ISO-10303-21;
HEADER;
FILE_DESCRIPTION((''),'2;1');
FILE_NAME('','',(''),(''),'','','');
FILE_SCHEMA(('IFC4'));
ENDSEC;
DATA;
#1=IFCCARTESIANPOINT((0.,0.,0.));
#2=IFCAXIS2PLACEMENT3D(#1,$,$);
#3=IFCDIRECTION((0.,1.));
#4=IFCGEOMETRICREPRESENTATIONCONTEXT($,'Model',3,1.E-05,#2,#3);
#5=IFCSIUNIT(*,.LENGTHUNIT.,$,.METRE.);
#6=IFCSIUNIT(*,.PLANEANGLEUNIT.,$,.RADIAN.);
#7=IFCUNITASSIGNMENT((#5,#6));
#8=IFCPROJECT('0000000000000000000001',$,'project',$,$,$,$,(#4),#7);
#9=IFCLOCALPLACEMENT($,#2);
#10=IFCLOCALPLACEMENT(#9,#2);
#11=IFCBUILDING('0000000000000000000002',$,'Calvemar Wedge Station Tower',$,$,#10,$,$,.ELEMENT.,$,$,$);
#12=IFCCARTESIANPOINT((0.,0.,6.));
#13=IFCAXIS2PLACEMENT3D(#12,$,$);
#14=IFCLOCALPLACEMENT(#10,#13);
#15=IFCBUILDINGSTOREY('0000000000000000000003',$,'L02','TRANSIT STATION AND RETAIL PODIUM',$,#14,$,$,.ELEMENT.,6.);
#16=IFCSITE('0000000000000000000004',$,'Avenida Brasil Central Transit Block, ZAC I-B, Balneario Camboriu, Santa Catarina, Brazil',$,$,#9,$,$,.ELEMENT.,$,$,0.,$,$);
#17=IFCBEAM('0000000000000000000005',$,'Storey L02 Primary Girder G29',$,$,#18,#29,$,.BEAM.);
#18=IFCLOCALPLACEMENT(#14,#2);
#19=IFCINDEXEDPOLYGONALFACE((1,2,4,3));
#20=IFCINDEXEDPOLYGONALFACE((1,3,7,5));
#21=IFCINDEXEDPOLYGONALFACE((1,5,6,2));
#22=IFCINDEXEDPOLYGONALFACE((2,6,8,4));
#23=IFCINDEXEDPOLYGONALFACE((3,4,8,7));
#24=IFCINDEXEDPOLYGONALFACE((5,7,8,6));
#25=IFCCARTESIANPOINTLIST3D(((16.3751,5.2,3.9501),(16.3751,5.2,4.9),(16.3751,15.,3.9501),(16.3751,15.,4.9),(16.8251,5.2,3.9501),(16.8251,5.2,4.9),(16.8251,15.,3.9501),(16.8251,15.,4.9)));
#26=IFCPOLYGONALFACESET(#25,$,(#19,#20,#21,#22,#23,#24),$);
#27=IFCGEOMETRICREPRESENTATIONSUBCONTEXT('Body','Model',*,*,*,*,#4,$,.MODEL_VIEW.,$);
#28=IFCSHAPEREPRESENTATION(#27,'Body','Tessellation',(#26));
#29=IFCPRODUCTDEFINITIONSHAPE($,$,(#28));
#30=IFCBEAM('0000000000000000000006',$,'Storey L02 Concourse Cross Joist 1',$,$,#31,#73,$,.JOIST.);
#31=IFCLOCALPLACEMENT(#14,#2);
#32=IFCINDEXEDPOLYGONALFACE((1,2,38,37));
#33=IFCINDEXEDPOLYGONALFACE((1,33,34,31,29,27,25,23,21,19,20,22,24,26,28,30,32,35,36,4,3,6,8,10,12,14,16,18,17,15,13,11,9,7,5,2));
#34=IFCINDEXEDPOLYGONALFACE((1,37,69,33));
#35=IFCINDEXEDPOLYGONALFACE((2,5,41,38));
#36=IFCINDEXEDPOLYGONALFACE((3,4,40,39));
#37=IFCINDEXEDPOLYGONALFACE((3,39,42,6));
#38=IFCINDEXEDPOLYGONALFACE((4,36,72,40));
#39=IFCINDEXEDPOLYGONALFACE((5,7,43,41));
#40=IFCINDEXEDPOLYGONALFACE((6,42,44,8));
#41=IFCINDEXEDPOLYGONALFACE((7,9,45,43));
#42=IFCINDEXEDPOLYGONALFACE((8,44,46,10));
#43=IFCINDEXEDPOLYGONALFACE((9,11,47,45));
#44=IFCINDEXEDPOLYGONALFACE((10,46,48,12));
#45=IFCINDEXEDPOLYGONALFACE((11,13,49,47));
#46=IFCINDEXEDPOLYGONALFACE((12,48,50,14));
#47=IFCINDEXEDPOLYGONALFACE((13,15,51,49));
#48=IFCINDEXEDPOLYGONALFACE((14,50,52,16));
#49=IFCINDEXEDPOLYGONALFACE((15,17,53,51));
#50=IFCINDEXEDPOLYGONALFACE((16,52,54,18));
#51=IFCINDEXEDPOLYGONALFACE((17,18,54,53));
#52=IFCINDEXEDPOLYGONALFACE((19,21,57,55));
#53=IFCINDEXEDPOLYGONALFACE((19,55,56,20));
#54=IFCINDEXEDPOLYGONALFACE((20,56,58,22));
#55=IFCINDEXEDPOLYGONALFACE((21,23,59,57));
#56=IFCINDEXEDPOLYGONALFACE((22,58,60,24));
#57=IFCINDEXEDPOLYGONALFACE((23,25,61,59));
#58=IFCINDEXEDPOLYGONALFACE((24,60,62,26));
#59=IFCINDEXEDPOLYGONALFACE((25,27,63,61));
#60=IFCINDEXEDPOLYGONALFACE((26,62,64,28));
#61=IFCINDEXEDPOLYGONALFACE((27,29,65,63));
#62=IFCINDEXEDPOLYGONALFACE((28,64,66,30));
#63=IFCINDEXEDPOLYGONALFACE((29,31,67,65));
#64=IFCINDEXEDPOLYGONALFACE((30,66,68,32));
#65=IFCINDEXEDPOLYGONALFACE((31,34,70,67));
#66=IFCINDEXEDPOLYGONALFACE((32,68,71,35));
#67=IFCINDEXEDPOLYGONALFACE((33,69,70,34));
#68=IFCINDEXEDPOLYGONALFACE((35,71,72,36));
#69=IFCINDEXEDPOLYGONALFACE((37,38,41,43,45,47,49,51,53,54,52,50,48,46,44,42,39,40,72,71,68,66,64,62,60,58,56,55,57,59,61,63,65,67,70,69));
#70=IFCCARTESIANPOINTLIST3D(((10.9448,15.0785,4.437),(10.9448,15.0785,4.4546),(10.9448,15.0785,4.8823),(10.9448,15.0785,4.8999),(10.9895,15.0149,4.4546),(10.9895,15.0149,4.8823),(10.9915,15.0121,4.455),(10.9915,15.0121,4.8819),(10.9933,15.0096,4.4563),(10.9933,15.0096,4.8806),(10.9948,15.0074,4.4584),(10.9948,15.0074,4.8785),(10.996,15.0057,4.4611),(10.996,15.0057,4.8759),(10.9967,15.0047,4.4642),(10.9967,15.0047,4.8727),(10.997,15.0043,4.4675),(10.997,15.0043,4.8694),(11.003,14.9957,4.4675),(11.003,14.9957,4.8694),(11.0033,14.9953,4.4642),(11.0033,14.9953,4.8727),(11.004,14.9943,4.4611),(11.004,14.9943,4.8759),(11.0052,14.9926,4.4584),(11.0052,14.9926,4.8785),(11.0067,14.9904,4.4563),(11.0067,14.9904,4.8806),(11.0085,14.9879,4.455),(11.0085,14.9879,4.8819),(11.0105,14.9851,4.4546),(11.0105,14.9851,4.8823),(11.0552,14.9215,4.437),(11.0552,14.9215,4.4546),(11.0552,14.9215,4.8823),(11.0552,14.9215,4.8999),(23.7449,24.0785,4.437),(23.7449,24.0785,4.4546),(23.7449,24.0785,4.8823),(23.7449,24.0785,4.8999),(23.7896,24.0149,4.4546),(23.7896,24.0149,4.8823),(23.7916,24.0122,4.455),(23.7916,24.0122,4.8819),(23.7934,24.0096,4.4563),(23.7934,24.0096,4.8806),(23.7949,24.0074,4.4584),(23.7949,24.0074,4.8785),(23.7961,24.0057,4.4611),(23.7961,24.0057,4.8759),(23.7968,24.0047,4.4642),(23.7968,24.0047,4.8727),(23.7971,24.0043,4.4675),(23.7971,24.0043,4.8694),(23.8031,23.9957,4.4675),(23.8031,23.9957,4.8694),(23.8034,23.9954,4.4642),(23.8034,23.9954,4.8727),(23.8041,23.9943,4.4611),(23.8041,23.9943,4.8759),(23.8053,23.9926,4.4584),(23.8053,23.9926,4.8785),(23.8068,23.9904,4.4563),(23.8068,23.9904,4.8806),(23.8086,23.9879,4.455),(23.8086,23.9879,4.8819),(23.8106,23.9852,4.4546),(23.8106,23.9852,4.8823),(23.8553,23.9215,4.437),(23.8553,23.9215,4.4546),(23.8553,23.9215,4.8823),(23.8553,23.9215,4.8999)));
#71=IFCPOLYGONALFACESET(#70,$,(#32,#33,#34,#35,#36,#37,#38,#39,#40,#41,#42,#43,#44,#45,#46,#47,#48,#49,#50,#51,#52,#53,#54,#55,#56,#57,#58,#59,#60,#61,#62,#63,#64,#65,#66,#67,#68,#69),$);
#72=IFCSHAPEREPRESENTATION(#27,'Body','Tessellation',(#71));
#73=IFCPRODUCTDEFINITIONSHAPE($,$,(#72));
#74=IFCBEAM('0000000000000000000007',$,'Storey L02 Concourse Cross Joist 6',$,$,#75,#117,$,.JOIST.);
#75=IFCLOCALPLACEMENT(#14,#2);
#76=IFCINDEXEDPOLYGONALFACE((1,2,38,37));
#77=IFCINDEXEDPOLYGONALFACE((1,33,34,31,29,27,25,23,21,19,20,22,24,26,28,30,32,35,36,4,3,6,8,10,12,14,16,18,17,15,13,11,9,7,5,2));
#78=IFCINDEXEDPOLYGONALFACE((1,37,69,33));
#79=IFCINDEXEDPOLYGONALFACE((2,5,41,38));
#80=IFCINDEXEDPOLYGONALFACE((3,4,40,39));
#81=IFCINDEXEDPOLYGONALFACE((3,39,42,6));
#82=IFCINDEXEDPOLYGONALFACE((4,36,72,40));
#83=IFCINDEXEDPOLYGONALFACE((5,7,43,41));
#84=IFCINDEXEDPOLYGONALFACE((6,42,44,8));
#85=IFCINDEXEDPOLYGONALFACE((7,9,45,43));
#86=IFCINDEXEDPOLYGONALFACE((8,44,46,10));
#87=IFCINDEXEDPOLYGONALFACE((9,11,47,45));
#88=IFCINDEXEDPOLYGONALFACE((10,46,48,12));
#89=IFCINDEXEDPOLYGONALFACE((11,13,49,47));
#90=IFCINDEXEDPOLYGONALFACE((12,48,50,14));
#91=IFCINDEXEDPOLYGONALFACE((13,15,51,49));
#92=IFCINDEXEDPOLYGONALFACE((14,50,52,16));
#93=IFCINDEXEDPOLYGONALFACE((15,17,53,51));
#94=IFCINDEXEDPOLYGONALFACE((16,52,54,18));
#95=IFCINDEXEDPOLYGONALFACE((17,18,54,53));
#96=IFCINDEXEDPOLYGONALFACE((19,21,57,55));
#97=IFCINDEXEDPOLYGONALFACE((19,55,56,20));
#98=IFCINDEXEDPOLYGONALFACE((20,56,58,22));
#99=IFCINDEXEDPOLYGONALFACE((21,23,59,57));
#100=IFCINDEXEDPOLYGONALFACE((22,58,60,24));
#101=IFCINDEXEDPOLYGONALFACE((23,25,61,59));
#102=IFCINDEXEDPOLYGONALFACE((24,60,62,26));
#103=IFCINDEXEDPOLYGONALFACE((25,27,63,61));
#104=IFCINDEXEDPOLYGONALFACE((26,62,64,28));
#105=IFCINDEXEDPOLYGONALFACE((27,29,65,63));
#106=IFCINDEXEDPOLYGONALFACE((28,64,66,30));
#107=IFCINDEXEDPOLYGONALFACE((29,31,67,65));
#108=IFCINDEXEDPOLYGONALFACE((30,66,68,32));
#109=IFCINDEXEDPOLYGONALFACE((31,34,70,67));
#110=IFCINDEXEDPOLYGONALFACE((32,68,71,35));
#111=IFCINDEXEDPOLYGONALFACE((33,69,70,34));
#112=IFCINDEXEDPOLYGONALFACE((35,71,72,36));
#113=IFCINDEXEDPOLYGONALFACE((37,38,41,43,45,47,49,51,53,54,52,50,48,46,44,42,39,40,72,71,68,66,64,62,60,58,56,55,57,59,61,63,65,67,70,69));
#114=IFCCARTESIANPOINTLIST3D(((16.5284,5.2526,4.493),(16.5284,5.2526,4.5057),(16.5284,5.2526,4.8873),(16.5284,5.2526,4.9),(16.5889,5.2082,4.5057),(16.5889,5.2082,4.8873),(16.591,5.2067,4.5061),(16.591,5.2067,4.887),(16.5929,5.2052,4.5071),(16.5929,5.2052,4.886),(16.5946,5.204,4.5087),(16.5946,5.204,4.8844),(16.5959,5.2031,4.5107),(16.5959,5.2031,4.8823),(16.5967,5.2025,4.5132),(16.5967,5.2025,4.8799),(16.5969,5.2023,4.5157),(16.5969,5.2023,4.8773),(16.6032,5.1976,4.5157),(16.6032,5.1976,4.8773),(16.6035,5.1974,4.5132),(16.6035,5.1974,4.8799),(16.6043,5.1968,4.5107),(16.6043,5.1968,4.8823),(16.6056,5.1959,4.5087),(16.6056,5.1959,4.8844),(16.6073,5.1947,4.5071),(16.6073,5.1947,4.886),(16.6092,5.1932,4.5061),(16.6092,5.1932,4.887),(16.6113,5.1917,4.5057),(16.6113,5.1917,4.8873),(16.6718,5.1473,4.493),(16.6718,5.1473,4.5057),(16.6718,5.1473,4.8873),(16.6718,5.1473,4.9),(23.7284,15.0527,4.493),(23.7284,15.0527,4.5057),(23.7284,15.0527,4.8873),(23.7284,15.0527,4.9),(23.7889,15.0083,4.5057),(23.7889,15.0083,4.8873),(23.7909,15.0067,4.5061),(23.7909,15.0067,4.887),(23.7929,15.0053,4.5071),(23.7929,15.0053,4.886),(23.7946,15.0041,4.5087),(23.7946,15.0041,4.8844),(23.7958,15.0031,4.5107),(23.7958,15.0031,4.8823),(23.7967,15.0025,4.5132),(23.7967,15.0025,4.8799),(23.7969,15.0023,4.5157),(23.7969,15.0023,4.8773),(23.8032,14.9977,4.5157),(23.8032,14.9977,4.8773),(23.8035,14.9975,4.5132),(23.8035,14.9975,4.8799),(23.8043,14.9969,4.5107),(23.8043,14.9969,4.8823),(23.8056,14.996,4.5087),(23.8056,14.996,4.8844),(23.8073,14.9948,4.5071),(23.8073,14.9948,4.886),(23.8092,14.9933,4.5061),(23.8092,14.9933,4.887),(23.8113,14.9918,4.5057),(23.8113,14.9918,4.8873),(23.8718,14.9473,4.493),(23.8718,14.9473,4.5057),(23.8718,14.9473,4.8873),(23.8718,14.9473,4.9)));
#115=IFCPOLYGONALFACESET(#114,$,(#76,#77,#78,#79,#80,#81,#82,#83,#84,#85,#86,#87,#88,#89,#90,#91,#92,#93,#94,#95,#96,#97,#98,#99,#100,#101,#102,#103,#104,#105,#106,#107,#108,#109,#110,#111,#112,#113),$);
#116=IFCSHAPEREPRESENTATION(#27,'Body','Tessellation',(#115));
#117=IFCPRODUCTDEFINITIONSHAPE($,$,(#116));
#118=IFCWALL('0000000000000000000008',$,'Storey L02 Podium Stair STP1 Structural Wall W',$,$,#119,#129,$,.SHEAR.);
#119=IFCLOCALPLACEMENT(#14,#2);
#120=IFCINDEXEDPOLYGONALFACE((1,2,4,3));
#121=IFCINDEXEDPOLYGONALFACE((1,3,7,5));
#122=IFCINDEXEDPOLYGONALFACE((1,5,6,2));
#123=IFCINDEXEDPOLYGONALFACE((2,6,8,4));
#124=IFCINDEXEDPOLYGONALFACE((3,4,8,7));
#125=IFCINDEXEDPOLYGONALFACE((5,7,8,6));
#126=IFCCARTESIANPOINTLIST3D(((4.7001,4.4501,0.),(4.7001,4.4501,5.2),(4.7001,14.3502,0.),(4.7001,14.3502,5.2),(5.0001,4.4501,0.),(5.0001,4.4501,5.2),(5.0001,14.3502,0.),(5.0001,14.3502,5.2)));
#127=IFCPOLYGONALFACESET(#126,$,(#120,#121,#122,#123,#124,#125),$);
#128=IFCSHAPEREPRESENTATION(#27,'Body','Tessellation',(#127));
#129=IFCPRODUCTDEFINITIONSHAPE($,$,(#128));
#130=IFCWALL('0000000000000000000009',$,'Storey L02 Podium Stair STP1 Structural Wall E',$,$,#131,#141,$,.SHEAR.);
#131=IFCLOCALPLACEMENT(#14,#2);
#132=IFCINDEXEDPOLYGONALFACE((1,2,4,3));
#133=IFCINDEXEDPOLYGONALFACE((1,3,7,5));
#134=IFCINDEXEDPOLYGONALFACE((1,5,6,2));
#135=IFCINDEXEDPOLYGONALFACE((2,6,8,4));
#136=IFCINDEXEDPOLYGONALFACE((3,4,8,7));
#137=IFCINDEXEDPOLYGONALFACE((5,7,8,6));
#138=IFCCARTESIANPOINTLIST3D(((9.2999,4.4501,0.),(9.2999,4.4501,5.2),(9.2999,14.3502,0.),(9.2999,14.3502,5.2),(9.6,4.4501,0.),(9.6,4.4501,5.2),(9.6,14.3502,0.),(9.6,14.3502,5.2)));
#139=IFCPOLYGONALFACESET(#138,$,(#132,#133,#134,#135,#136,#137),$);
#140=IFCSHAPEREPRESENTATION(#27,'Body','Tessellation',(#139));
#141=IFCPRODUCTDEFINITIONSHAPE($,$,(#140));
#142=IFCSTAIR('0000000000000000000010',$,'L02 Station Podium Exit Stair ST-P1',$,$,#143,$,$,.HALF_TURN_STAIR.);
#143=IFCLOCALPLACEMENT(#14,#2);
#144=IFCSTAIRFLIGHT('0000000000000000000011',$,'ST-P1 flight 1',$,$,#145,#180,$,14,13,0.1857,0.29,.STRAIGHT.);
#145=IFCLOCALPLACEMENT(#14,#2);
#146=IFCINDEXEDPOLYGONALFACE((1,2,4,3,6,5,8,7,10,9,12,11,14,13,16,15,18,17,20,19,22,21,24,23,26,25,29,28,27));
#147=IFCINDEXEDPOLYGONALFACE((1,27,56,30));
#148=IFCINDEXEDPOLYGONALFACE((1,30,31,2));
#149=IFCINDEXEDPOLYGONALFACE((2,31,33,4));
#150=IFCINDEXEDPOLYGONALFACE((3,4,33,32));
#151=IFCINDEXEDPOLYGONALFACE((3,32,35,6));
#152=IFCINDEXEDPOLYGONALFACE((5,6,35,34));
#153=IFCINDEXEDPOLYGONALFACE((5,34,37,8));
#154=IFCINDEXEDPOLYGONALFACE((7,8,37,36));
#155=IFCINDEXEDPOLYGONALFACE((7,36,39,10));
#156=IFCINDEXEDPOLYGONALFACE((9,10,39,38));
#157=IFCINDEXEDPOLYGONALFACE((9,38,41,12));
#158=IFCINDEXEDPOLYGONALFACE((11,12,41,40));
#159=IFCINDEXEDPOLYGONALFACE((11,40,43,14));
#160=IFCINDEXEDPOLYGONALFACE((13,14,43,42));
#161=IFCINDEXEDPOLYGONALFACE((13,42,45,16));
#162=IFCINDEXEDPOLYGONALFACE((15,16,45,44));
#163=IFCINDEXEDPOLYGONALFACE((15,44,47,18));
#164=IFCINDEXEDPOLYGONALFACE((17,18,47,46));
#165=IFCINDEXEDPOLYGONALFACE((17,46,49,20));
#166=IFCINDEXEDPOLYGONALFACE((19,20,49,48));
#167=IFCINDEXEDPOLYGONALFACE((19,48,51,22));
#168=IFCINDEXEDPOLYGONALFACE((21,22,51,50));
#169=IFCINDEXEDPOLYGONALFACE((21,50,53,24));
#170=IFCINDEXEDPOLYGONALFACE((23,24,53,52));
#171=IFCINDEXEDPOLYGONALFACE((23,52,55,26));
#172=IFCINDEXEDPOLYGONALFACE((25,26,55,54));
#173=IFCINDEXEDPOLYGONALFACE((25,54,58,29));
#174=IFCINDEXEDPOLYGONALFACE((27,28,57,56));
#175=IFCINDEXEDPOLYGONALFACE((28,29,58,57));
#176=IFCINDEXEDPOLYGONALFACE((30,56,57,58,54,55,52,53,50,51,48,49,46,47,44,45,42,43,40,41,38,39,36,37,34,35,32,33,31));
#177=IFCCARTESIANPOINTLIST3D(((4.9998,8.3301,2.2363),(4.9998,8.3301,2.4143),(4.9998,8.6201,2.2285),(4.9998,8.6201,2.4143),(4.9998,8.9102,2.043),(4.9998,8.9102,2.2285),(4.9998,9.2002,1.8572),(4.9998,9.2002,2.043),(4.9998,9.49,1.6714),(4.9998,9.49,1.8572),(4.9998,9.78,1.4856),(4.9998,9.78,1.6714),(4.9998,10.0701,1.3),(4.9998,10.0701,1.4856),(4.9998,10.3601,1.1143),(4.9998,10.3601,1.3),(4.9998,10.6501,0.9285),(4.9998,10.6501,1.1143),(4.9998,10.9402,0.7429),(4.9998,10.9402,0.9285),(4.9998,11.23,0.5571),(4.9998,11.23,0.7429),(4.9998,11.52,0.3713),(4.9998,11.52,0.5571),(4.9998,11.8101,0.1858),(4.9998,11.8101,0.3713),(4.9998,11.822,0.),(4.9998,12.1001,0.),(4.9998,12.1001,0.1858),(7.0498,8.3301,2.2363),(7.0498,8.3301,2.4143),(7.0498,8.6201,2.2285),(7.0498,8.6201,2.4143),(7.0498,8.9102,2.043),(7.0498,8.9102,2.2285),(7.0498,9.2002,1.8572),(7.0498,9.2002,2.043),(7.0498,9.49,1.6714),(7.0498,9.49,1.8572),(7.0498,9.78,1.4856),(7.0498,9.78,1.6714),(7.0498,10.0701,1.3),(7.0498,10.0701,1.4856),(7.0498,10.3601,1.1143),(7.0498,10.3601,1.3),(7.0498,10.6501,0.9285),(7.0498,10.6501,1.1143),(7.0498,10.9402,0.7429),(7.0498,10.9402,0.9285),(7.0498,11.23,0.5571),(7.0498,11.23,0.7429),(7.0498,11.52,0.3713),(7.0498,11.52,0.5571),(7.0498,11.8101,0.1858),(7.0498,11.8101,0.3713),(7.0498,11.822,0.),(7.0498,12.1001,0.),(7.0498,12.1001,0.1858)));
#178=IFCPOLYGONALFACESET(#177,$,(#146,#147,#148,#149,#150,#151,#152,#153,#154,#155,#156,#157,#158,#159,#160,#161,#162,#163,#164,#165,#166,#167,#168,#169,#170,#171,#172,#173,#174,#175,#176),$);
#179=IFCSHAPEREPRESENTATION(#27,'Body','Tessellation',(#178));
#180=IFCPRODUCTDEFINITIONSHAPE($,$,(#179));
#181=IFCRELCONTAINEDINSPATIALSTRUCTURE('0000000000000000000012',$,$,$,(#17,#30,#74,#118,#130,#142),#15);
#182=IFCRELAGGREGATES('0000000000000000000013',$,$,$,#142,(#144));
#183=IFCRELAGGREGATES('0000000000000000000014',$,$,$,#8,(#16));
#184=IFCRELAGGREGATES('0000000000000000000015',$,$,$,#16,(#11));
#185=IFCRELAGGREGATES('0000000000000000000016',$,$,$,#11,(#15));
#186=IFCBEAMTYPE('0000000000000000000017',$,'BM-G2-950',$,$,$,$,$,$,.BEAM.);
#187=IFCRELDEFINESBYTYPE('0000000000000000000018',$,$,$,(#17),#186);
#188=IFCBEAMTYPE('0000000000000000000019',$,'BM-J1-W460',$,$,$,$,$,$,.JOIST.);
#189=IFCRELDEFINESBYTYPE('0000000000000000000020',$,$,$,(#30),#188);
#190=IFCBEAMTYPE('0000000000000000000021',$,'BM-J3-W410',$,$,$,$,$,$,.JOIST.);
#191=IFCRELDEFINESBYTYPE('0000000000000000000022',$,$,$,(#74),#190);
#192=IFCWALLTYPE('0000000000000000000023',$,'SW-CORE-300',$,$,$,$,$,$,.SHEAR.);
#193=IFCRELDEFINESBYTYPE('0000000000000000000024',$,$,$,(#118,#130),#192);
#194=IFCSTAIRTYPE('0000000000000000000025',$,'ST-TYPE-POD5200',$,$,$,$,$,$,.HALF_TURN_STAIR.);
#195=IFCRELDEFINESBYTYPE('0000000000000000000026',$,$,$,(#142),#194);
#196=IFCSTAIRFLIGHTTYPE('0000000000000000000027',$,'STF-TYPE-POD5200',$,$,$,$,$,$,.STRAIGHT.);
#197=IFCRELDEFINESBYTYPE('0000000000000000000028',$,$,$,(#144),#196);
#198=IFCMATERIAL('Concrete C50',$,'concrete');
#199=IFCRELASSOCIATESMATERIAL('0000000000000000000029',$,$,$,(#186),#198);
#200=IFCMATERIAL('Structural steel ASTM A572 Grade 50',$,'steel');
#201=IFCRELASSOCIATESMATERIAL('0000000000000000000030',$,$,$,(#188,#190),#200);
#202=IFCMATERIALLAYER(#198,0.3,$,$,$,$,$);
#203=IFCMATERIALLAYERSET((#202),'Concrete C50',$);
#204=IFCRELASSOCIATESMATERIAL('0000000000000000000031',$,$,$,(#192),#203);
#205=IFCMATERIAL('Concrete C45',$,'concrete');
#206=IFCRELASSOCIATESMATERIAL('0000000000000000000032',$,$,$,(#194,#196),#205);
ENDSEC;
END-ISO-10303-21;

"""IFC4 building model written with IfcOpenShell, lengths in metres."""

from ifc_helpers import new_model, si_unit, direction, frame, frame_2d, origin, origin_2d, place, context, subcontext, project, spatial, polyline, rectangle, i_section, outline, extrude, source, transform, mapped, material, layer, layer_set, material_profile, profile_set, type_object, element, aggregate, save


model = new_model("IFC4")

# Units and contexts
model_context = context("Model", 3, precision=1e-05, world=origin(), true_north=direction((0.0, 1.0)))
body_context = subcontext(model_context, "Body", "Model", "MODEL_VIEW")
ifc_project = project(units=[si_unit("LENGTHUNIT", "METRE"), si_unit("PLANEANGLEUNIT", "RADIAN")], contexts=[model_context])

# Site, building, storey
site_placement = place(None, origin())
site = spatial("IfcSite", under=ifc_project, at=site_placement, Name="Avenida Brasil Central Transit Block, ZAC I-B, Balneario Camboriu, Santa Catarina, Brazil", CompositionType="ELEMENT", RefElevation=0.0)
building_placement = place(site_placement, origin())
building = spatial("IfcBuilding", under=site, at=building_placement, Name="Calvemar Wedge Station Tower", CompositionType="ELEMENT")
storey_placement = place(building_placement, frame((0.0, 0.0, 6.0)))
storey = spatial("IfcBuildingStorey", under=building, at=storey_placement, Name="L02", Description="TRANSIT STATION AND RETAIL PODIUM", CompositionType="ELEMENT", Elevation=6.0)

# Beams
ifc_material_1 = material(Name="Concrete C50", Category="concrete")
ifc_material_profile_1 = material_profile(ifc_material_1, rectangle(XDim=0.45, YDim=0.95, at=origin_2d()), Name="RC450x950")
ifc_profile_set_1 = profile_set([ifc_material_profile_1], Name="Concrete C50")
beam_type_1 = type_object("IfcBeamType", Name="BM-G2-950", PredefinedType="BEAM", material=ifc_profile_set_1)
ifc_material_2 = material(Name="Structural steel ASTM A572 Grade 50", Category="steel")
shared_shape_1 = source(origin(), body_context, "Body", "SweptSolid", [
    extrude(rectangle(XDim=0.45, YDim=0.95, at=origin_2d()), origin(), (0.0, 0.0, 1.0), 9.8),
])
beam_1_placement = place(storey_placement, frame((16.6001, 5.2, 4.425), z_axis=(0.0, 1.0, 0.0), x_axis=(-1.0, 0.0, 0.0)))
element("IfcBeam", 1, at=beam_1_placement, inside=storey, type_object=beam_type_1, Name="Storey L02 Primary Girder G29", PredefinedType="BEAM", context=body_context, shape_type="MappedRepresentation", body=[
    mapped(shared_shape_1, transform((0.0, 0.0, 0.0), scale=1.0)),
])
ifc_material_profile_2 = material_profile(ifc_material_2, i_section(OverallWidth=0.1919, OverallDepth=0.4629, WebThickness=0.0105, FlangeThickness=0.0176, FilletRadius=0.0129, at=origin_2d()), Name="W460x89")
ifc_profile_set_2 = profile_set([ifc_material_profile_2], Name="Structural steel ASTM A572 Grade 50")
beam_type_2 = type_object("IfcBeamType", Name="BM-J1-W460", PredefinedType="JOIST", material=ifc_profile_set_2)
shared_shape_2 = source(origin(), body_context, "Body", "SweptSolid", [
    extrude(i_section(OverallWidth=0.1919, OverallDepth=0.4629, WebThickness=0.0105, FlangeThickness=0.0176, FilletRadius=0.0129, at=origin_2d()), origin(), (0.0, 0.0, 1.0), 15.6475),
])
beam_2_placement = place(storey_placement, frame((11.0, 15.0, 4.6685), z_axis=(0.81803, 0.575175, 0.0), x_axis=(-0.575175, 0.81803, 0.0)))
element("IfcBeam", 2, at=beam_2_placement, inside=storey, type_object=beam_type_2, Name="Storey L02 Concourse Cross Joist 1", PredefinedType="JOIST", context=body_context, shape_type="MappedRepresentation", body=[
    mapped(shared_shape_2, transform((0.0, 0.0, 0.0), scale=1.0)),
])
ifc_material_profile_3 = material_profile(ifc_material_2, i_section(OverallWidth=0.178, OverallDepth=0.407, WebThickness=0.0078, FlangeThickness=0.0127, FilletRadius=0.01, at=origin_2d()), Name="W410x60")
ifc_profile_set_3 = profile_set([ifc_material_profile_3], Name="Structural steel ASTM A572 Grade 50")
beam_type_3 = type_object("IfcBeamType", Name="BM-J3-W410", PredefinedType="JOIST", material=ifc_profile_set_3)
shared_shape_3 = source(origin(), body_context, "Body", "SweptSolid", [
    extrude(i_section(OverallWidth=0.178, OverallDepth=0.407, WebThickness=0.0078, FlangeThickness=0.0127, FilletRadius=0.01, at=origin_2d()), origin(), (0.0, 0.0, 1.0), 12.1606),
])
beam_3_placement = place(storey_placement, frame((16.6001, 5.2, 4.6965), z_axis=(0.592072, 0.805885, 0.0), x_axis=(-0.805885, 0.592072, 0.0)))
element("IfcBeam", 3, at=beam_3_placement, inside=storey, type_object=beam_type_3, Name="Storey L02 Concourse Cross Joist 6", PredefinedType="JOIST", context=body_context, shape_type="MappedRepresentation", body=[
    mapped(shared_shape_3, transform((0.0, 0.0, 0.0), scale=1.0)),
])

# Walls
ifc_layer = layer(ifc_material_1, 0.3)
ifc_layer_set = layer_set([ifc_layer], Name="Concrete C50")
wall_type = type_object("IfcWallType", Name="SW-CORE-300", PredefinedType="SHEAR", material=ifc_layer_set)
for number, where, z_axis, x_axis, name in (
    (4, (4.8501, 4.45, 0.0), (0.0, 0.0, 1.0), (0.0, 1.0, 0.0), "Storey L02 Podium Stair STP1 Structural Wall W"),
    (5, (9.45, 4.45, 0.0), (0.0, 0.0, 1.0), (0.0, 1.0, 0.0), "Storey L02 Podium Stair STP1 Structural Wall E"),
):
    element("IfcWall", number, at=place(storey_placement, frame(where, z_axis=z_axis, x_axis=x_axis)), inside=storey, type_object=wall_type, Name=name, PredefinedType="SHEAR", context=body_context, shape_type="SweptSolid", body=[
        extrude(rectangle(XDim=9.9001, YDim=0.3, at=frame_2d((4.9502, 0.0))), origin(), (0.0, 0.0, 1.0), 5.2),
    ])

# Stair, stair flight
ifc_material_3 = material(Name="Concrete C45", Category="concrete")
stair_type = type_object("IfcStairType", Name="ST-TYPE-POD5200", PredefinedType="HALF_TURN_STAIR", material=ifc_material_3)
stair_placement = place(storey_placement, origin())
stair = element("IfcStair", 6, at=stair_placement, inside=storey, type_object=stair_type, Name="L02 Station Podium Exit Stair ST-P1", PredefinedType="HALF_TURN_STAIR")
stair_flight_type = type_object("IfcStairFlightType", Name="STF-TYPE-POD5200", PredefinedType="STRAIGHT", material=ifc_material_3)
stair_flight_1_placement = place(storey_placement, frame((6.0249, 12.1001, 0.0), z_axis=(0.0, 0.0, 1.0), x_axis=(0.0, -1.0, 0.0)))
stair_flight_1 = element("IfcStairFlight", 7, at=stair_flight_1_placement, type_object=stair_flight_type, Name="ST-P1 flight 1", NumberOfRisers=14, NumberOfTreads=13, PredefinedType="STRAIGHT", RiserHeight=0.1857, TreadLength=0.29, context=body_context, shape_type="SweptSolid", body=[
    extrude(outline(polyline([(0.0, 0.0), (0.0, 0.1858), (0.29, 0.1858), (0.29, 0.3713), (0.5801, 0.3713), (0.5801, 0.5571), (0.8701, 0.5571), (0.8701, 0.7429), (1.1599, 0.7429), (1.1599, 0.9285), (1.45, 0.9285), (1.45, 1.1143), (1.74, 1.1143), (1.74, 1.3), (2.03, 1.3), (2.03, 1.4856), (2.3201, 1.4856), (2.3201, 1.6714), (2.6101, 1.6714), (2.6101, 1.8572), (2.8999, 1.8572), (2.8999, 2.043), (3.1899, 2.043), (3.1899, 2.2285), (3.48, 2.2285), (3.48, 2.4143), (3.77, 2.4143), (3.77, 2.6001), (3.77, 2.2363), (0.2781, 0.0), (0.0, 0.0)])), frame((0.0, 1.0249, 0.0), z_axis=(0.0, -1.0, 0.0), x_axis=(1.0, 0.0, 0.0)), (0.0, 0.0, 1.0), 2.05),
])
aggregate(stair, [stair_flight_1])

save(model, "model.ifc")
